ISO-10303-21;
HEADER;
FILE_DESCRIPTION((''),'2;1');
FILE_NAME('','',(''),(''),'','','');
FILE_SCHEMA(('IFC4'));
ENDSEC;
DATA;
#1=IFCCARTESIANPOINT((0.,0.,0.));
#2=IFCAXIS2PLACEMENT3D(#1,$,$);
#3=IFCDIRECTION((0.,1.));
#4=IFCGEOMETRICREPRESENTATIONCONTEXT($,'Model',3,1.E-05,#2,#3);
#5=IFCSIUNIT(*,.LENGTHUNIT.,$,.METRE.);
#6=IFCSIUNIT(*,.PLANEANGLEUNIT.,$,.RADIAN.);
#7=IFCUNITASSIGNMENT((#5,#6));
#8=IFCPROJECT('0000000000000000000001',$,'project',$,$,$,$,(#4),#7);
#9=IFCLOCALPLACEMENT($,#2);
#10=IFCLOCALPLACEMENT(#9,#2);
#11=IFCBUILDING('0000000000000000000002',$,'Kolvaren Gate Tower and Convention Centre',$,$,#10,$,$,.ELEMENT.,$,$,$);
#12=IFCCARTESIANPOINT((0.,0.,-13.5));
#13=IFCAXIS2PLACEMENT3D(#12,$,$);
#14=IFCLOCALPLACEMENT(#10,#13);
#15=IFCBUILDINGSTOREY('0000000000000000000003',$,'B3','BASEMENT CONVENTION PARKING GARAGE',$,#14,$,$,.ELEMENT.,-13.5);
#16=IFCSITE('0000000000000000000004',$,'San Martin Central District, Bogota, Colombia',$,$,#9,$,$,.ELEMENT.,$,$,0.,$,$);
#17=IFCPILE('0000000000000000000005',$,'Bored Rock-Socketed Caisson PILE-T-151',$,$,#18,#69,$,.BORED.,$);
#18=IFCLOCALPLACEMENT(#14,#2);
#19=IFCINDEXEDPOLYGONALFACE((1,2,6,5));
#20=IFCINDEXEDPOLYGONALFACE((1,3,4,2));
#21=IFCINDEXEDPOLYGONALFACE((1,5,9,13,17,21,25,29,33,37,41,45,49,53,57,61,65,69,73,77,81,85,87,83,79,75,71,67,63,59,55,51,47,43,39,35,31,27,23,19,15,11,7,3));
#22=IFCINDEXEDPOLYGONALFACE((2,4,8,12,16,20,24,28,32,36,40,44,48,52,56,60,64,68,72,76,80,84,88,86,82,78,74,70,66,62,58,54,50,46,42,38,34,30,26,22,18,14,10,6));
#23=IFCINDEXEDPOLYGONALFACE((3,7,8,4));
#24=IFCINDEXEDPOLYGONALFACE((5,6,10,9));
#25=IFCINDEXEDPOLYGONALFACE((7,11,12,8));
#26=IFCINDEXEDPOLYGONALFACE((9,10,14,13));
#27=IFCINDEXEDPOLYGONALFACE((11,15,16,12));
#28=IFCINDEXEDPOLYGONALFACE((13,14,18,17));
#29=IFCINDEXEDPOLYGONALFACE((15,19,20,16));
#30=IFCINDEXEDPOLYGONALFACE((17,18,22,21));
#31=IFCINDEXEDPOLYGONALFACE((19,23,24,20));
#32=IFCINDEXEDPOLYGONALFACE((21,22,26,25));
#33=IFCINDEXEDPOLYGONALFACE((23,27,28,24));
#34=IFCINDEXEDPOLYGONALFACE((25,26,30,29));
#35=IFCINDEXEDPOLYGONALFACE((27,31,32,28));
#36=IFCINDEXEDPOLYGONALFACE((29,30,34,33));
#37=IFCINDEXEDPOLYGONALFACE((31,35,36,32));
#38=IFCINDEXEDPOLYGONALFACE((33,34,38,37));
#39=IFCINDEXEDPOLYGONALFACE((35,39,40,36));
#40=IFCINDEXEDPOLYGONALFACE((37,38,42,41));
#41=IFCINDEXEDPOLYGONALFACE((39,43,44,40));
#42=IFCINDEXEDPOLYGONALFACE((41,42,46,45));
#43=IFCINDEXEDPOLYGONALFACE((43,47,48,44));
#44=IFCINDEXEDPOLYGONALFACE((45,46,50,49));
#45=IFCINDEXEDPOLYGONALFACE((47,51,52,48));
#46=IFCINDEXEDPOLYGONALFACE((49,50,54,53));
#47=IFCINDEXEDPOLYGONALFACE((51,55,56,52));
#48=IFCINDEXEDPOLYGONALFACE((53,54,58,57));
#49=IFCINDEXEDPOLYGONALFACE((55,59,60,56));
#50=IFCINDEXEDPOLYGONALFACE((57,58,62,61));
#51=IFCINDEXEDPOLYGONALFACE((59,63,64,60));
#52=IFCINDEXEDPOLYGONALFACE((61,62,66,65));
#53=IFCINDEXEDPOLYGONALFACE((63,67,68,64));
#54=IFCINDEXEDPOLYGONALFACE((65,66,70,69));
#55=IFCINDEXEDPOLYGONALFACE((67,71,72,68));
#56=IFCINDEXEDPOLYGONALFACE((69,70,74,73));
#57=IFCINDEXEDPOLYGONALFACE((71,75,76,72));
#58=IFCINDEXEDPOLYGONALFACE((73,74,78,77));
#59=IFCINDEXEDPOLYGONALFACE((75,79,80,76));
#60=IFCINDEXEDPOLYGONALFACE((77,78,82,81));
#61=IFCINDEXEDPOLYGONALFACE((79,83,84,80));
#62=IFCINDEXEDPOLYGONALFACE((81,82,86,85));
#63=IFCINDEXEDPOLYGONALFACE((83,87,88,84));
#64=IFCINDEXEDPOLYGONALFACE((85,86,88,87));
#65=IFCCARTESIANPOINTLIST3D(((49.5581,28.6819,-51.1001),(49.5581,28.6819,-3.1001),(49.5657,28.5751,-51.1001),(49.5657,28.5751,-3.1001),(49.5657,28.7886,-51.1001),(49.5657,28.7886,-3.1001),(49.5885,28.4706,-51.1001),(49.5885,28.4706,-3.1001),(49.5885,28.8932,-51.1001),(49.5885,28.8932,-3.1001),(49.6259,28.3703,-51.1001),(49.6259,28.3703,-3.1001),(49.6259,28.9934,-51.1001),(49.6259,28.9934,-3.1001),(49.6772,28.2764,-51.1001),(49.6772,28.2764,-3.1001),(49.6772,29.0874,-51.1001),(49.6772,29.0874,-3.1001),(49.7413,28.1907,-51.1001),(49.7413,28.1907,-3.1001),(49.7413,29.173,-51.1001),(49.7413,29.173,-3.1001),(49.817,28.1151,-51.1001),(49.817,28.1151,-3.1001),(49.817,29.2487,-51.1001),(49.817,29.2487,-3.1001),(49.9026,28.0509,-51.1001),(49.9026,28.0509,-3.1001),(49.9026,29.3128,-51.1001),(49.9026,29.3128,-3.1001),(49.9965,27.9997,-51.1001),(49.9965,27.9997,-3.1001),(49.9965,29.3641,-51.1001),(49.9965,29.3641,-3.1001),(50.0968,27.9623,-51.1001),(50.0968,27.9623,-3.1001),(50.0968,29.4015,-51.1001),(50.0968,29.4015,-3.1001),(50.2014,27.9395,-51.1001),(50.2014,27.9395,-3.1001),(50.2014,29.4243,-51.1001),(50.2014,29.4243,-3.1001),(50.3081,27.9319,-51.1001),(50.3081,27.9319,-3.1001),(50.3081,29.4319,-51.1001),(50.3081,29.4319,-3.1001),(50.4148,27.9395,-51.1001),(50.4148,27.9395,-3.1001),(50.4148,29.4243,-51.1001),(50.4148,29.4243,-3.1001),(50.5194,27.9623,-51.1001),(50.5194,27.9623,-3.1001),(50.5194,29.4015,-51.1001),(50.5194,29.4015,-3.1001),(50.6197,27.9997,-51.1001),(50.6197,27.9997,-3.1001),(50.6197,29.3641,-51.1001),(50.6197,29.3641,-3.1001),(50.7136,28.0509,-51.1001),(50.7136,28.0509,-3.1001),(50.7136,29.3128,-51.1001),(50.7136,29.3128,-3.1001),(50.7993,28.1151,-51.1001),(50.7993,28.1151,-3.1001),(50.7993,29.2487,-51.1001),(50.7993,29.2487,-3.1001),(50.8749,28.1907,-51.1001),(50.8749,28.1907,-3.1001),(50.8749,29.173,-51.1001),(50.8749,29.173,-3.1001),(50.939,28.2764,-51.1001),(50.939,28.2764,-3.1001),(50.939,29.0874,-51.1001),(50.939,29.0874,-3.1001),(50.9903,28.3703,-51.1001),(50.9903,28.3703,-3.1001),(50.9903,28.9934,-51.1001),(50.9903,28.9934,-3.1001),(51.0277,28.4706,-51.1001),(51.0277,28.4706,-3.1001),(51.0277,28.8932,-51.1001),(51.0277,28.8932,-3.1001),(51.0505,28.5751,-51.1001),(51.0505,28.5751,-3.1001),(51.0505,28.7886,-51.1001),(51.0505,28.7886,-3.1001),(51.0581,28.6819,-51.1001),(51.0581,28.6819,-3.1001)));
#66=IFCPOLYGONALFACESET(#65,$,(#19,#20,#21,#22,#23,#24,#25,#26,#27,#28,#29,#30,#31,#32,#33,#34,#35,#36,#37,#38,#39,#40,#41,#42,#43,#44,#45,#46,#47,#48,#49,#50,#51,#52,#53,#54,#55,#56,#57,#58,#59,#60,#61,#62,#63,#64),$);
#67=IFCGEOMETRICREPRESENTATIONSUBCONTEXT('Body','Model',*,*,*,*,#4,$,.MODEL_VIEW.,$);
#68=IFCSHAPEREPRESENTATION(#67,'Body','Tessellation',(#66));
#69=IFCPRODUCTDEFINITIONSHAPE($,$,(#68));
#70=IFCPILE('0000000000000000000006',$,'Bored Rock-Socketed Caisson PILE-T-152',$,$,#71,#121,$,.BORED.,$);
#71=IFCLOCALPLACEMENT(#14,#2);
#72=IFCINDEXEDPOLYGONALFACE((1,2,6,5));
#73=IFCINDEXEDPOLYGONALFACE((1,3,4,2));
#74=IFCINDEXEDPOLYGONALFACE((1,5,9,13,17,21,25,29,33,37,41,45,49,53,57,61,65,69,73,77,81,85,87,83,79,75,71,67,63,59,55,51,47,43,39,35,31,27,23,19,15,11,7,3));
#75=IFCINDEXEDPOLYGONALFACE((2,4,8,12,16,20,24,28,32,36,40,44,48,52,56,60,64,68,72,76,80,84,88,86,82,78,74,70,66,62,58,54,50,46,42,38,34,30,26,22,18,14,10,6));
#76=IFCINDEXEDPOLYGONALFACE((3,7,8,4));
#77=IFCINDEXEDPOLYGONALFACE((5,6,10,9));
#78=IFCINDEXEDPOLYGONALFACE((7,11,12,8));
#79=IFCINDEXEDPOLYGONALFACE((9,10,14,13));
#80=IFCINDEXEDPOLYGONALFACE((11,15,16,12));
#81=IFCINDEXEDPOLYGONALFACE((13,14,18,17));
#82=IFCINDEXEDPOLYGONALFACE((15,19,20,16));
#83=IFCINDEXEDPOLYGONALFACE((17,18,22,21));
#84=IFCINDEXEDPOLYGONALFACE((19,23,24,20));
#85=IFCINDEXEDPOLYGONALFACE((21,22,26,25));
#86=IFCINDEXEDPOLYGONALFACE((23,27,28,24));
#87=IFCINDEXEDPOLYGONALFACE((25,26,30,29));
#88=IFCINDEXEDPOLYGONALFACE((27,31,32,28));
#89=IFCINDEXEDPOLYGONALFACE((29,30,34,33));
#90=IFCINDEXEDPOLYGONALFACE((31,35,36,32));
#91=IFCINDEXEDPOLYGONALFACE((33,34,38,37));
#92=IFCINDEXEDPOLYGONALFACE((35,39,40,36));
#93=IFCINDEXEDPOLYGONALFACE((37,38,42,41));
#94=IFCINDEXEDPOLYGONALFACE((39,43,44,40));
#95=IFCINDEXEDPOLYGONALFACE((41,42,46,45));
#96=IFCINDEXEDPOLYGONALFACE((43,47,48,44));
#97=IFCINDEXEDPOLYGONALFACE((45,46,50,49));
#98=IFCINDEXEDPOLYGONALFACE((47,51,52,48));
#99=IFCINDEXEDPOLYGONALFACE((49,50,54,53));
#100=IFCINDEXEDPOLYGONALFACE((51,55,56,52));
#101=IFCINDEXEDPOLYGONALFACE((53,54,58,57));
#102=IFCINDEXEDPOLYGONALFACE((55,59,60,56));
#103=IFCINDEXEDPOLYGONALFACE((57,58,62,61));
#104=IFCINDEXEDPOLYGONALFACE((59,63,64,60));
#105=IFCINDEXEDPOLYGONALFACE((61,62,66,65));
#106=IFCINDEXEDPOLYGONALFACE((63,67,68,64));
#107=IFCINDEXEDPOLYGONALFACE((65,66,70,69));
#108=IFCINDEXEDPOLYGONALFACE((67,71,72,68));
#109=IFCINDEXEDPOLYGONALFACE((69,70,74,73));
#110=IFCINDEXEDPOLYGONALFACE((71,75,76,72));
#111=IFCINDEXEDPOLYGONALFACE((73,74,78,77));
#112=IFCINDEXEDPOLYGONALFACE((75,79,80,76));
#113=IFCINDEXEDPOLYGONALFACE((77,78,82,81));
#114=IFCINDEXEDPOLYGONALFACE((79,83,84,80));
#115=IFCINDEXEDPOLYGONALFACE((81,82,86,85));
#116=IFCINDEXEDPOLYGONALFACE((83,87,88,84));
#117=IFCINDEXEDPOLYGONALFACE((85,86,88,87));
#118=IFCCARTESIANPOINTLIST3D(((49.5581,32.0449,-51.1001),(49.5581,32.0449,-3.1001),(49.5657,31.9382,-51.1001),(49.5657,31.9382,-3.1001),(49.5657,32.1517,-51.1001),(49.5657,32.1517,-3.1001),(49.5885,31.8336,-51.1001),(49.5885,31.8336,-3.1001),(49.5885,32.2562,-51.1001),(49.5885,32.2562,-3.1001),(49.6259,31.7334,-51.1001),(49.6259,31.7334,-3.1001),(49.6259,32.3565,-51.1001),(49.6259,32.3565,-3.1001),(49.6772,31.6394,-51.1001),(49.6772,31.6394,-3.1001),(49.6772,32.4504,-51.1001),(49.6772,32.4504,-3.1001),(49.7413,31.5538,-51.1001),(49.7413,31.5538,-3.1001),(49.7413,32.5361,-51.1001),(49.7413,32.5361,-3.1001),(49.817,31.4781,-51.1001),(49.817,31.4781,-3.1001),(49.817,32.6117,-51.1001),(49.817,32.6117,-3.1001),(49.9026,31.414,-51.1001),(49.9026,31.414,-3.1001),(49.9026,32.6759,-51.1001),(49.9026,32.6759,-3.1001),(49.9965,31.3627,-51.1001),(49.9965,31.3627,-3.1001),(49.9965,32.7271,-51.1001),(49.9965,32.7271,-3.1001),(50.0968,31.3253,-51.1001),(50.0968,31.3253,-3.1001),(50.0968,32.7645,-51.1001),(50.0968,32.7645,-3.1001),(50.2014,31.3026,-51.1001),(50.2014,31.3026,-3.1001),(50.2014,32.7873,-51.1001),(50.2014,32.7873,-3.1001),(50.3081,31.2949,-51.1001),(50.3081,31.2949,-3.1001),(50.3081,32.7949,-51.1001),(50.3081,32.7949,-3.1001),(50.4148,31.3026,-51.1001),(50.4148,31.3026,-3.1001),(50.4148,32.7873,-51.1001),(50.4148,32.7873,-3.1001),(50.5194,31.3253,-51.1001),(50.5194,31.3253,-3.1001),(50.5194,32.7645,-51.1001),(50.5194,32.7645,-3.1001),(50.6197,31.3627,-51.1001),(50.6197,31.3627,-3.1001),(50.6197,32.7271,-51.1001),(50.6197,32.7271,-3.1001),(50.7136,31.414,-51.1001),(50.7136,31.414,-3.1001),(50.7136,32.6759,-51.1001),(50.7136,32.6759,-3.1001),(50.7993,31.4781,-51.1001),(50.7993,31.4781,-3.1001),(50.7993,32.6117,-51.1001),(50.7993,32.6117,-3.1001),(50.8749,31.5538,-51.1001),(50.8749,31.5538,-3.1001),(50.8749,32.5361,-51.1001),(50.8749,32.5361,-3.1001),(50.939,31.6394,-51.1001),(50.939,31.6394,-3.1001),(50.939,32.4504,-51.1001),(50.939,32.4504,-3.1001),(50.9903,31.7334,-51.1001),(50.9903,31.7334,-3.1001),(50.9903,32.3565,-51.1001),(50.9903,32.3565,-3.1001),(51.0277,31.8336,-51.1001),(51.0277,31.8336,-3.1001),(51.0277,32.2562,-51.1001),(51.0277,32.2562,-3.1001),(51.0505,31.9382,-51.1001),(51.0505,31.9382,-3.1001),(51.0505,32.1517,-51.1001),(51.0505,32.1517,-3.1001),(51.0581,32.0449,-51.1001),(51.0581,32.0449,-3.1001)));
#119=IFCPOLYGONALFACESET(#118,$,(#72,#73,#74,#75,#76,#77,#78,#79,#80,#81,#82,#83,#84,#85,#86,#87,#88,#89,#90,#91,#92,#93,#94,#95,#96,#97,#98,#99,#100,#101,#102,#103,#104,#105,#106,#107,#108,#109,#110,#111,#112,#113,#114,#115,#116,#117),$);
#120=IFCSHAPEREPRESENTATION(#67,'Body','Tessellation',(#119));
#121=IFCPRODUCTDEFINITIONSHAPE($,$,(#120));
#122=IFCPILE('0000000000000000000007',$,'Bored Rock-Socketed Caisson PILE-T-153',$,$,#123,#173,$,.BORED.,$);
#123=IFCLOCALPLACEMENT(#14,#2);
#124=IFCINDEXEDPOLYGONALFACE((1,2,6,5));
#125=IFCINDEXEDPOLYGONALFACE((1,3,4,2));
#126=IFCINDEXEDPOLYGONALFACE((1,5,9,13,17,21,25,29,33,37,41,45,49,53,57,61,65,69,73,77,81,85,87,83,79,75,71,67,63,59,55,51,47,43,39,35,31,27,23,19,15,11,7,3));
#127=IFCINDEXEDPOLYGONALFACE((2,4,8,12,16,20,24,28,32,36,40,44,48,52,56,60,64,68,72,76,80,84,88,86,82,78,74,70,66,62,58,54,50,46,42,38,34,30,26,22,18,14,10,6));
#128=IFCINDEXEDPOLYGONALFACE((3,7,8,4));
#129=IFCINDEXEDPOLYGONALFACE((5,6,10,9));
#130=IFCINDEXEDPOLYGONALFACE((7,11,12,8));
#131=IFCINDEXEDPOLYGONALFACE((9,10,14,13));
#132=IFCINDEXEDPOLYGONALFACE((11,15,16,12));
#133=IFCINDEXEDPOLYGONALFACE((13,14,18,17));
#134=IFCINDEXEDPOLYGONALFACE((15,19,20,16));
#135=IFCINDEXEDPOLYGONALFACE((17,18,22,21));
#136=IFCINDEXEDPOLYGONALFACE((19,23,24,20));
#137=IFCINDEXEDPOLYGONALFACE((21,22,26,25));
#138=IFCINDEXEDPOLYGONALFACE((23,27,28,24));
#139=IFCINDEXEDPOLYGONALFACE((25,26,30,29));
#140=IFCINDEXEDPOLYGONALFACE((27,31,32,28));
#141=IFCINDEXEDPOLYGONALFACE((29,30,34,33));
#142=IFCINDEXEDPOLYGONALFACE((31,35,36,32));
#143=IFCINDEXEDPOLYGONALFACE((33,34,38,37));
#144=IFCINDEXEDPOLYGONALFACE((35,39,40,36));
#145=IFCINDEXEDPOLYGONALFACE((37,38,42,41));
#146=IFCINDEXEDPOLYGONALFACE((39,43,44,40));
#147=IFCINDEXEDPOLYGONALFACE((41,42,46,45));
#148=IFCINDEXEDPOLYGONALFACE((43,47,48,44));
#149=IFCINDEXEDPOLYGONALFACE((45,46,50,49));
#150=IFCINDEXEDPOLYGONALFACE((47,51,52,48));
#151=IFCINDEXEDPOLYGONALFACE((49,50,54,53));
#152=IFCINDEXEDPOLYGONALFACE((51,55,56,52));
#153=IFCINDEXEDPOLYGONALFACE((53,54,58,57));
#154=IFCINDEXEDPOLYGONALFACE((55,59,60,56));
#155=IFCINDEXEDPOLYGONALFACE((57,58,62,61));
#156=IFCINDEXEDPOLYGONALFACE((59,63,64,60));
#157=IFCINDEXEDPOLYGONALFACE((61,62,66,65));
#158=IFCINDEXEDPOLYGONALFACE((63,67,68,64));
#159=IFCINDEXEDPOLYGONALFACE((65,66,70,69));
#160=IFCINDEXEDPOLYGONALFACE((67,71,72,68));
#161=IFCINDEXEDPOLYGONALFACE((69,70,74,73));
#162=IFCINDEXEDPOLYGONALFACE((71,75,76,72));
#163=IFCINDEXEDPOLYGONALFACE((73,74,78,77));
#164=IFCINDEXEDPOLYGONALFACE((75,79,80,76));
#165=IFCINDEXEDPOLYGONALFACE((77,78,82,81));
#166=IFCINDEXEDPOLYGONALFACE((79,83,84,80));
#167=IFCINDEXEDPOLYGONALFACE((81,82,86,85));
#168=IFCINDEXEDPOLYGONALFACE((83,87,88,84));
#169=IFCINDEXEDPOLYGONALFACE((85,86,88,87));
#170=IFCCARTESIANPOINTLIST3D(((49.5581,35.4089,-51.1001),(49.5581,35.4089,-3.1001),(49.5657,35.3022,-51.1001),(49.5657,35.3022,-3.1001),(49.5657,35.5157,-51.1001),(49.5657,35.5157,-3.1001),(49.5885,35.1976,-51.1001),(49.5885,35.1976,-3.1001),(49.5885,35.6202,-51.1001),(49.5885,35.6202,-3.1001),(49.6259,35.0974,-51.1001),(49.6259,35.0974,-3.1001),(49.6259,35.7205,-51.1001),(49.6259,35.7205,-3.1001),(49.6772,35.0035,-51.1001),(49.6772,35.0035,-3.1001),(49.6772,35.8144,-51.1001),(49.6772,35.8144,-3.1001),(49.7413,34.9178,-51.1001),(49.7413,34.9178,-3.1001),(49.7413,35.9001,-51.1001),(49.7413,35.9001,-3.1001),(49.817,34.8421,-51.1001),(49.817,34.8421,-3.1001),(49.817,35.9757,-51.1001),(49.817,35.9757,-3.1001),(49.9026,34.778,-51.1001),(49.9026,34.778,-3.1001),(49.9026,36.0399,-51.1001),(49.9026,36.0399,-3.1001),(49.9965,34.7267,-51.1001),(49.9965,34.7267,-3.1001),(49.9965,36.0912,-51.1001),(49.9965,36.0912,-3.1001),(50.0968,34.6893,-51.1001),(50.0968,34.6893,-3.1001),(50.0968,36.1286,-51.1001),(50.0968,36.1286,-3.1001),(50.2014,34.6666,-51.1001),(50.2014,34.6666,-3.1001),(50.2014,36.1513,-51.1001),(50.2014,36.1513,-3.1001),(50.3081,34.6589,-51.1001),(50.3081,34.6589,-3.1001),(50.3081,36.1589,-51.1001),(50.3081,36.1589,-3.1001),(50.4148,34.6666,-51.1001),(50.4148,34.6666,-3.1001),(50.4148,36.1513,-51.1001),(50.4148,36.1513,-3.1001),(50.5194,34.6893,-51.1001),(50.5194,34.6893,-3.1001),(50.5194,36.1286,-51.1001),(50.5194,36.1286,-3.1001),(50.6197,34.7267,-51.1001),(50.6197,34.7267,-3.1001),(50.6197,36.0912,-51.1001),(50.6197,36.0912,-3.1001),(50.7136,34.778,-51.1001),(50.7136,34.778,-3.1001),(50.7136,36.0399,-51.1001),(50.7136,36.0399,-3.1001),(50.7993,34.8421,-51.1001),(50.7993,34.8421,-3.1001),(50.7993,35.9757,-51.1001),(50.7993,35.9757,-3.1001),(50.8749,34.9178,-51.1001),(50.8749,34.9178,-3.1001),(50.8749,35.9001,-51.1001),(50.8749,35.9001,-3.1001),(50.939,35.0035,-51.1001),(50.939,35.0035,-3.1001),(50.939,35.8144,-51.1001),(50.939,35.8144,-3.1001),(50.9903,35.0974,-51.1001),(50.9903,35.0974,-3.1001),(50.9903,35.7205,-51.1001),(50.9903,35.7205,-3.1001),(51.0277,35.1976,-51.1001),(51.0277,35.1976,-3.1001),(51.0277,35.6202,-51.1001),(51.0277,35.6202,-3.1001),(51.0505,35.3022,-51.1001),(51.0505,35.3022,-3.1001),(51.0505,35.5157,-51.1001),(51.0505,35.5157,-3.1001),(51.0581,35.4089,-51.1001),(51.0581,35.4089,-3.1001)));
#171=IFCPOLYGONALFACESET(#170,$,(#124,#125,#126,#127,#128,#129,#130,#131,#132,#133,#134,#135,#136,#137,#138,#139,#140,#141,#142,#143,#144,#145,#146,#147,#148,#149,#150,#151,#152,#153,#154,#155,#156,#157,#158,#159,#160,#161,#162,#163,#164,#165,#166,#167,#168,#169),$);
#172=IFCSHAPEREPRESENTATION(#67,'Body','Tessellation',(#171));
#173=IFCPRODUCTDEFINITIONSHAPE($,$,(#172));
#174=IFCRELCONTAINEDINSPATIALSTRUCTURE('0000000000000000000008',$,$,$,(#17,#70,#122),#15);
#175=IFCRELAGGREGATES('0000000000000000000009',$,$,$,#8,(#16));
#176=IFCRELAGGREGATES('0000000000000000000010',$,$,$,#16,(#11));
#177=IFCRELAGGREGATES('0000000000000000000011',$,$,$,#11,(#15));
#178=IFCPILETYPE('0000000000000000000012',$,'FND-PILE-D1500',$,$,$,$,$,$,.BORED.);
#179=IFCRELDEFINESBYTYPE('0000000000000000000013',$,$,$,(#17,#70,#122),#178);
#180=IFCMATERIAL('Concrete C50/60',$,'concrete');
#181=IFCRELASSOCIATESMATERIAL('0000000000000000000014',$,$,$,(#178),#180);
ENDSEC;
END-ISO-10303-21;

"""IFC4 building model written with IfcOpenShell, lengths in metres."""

from ifc_helpers import new_model, si_unit, direction, frame, origin, origin_2d, place, context, subcontext, project, spatial, circle, extrude, material, material_profile, profile_set, type_object, element, save


model = new_model("IFC4")

# Units and contexts
model_context = context("Model", 3, precision=1e-05, world=origin(), true_north=direction((0.0, 1.0)))
body_context = subcontext(model_context, "Body", "Model", "MODEL_VIEW")
ifc_project = project(units=[si_unit("LENGTHUNIT", "METRE"), si_unit("PLANEANGLEUNIT", "RADIAN")], contexts=[model_context])

# Site, building, storey
site_placement = place(None, origin())
site = spatial("IfcSite", under=ifc_project, at=site_placement, Name="San Martin Central District, Bogota, Colombia", CompositionType="ELEMENT", RefElevation=0.0)
building_placement = place(site_placement, origin())
building = spatial("IfcBuilding", under=site, at=building_placement, Name="Kolvaren Gate Tower and Convention Centre", CompositionType="ELEMENT")
storey_placement = place(building_placement, frame((0.0, 0.0, -13.5)))
storey = spatial("IfcBuildingStorey", under=building, at=storey_placement, Name="B3", Description="BASEMENT CONVENTION PARKING GARAGE", CompositionType="ELEMENT", Elevation=-13.5)

# Shared definitions
ifc_material_1 = material(Name="Concrete C50/60", Category="concrete")

# Piles
ifc_material_profile_1 = material_profile(ifc_material_1, circle(Radius=0.75, at=origin_2d()), Name="CAISSON-D1500")
ifc_profile_set_1 = profile_set([ifc_material_profile_1], Name="Concrete C50/60")
pile_type = type_object("IfcPileType", Name="FND-PILE-D1500", PredefinedType="BORED", material=ifc_profile_set_1)
for number, where, z_axis, x_axis, name in (
    (1, (50.3081, 28.6819, -3.1001), (0.0, 0.0, -1.0), (1.0, 0.0, 0.0), "Bored Rock-Socketed Caisson PILE-T-151"),
    (2, (50.3081, 32.0449, -3.1001), (0.0, 0.0, -1.0), (1.0, 0.0, 0.0), "Bored Rock-Socketed Caisson PILE-T-152"),
    (3, (50.3081, 35.4089, -3.1001), (0.0, 0.0, -1.0), (1.0, 0.0, 0.0), "Bored Rock-Socketed Caisson PILE-T-153"),
):
    element("IfcPile", number, at=place(storey_placement, frame(where, z_axis=z_axis, x_axis=x_axis)), inside=storey, type_object=pile_type, Name=name, PredefinedType="BORED", context=body_context, shape_type="SweptSolid", body=[
        extrude(circle(Radius=0.75, at=origin_2d()), origin(), (0.0, 0.0, 1.0), 48.0),
    ])

save(model, "model.ifc")
